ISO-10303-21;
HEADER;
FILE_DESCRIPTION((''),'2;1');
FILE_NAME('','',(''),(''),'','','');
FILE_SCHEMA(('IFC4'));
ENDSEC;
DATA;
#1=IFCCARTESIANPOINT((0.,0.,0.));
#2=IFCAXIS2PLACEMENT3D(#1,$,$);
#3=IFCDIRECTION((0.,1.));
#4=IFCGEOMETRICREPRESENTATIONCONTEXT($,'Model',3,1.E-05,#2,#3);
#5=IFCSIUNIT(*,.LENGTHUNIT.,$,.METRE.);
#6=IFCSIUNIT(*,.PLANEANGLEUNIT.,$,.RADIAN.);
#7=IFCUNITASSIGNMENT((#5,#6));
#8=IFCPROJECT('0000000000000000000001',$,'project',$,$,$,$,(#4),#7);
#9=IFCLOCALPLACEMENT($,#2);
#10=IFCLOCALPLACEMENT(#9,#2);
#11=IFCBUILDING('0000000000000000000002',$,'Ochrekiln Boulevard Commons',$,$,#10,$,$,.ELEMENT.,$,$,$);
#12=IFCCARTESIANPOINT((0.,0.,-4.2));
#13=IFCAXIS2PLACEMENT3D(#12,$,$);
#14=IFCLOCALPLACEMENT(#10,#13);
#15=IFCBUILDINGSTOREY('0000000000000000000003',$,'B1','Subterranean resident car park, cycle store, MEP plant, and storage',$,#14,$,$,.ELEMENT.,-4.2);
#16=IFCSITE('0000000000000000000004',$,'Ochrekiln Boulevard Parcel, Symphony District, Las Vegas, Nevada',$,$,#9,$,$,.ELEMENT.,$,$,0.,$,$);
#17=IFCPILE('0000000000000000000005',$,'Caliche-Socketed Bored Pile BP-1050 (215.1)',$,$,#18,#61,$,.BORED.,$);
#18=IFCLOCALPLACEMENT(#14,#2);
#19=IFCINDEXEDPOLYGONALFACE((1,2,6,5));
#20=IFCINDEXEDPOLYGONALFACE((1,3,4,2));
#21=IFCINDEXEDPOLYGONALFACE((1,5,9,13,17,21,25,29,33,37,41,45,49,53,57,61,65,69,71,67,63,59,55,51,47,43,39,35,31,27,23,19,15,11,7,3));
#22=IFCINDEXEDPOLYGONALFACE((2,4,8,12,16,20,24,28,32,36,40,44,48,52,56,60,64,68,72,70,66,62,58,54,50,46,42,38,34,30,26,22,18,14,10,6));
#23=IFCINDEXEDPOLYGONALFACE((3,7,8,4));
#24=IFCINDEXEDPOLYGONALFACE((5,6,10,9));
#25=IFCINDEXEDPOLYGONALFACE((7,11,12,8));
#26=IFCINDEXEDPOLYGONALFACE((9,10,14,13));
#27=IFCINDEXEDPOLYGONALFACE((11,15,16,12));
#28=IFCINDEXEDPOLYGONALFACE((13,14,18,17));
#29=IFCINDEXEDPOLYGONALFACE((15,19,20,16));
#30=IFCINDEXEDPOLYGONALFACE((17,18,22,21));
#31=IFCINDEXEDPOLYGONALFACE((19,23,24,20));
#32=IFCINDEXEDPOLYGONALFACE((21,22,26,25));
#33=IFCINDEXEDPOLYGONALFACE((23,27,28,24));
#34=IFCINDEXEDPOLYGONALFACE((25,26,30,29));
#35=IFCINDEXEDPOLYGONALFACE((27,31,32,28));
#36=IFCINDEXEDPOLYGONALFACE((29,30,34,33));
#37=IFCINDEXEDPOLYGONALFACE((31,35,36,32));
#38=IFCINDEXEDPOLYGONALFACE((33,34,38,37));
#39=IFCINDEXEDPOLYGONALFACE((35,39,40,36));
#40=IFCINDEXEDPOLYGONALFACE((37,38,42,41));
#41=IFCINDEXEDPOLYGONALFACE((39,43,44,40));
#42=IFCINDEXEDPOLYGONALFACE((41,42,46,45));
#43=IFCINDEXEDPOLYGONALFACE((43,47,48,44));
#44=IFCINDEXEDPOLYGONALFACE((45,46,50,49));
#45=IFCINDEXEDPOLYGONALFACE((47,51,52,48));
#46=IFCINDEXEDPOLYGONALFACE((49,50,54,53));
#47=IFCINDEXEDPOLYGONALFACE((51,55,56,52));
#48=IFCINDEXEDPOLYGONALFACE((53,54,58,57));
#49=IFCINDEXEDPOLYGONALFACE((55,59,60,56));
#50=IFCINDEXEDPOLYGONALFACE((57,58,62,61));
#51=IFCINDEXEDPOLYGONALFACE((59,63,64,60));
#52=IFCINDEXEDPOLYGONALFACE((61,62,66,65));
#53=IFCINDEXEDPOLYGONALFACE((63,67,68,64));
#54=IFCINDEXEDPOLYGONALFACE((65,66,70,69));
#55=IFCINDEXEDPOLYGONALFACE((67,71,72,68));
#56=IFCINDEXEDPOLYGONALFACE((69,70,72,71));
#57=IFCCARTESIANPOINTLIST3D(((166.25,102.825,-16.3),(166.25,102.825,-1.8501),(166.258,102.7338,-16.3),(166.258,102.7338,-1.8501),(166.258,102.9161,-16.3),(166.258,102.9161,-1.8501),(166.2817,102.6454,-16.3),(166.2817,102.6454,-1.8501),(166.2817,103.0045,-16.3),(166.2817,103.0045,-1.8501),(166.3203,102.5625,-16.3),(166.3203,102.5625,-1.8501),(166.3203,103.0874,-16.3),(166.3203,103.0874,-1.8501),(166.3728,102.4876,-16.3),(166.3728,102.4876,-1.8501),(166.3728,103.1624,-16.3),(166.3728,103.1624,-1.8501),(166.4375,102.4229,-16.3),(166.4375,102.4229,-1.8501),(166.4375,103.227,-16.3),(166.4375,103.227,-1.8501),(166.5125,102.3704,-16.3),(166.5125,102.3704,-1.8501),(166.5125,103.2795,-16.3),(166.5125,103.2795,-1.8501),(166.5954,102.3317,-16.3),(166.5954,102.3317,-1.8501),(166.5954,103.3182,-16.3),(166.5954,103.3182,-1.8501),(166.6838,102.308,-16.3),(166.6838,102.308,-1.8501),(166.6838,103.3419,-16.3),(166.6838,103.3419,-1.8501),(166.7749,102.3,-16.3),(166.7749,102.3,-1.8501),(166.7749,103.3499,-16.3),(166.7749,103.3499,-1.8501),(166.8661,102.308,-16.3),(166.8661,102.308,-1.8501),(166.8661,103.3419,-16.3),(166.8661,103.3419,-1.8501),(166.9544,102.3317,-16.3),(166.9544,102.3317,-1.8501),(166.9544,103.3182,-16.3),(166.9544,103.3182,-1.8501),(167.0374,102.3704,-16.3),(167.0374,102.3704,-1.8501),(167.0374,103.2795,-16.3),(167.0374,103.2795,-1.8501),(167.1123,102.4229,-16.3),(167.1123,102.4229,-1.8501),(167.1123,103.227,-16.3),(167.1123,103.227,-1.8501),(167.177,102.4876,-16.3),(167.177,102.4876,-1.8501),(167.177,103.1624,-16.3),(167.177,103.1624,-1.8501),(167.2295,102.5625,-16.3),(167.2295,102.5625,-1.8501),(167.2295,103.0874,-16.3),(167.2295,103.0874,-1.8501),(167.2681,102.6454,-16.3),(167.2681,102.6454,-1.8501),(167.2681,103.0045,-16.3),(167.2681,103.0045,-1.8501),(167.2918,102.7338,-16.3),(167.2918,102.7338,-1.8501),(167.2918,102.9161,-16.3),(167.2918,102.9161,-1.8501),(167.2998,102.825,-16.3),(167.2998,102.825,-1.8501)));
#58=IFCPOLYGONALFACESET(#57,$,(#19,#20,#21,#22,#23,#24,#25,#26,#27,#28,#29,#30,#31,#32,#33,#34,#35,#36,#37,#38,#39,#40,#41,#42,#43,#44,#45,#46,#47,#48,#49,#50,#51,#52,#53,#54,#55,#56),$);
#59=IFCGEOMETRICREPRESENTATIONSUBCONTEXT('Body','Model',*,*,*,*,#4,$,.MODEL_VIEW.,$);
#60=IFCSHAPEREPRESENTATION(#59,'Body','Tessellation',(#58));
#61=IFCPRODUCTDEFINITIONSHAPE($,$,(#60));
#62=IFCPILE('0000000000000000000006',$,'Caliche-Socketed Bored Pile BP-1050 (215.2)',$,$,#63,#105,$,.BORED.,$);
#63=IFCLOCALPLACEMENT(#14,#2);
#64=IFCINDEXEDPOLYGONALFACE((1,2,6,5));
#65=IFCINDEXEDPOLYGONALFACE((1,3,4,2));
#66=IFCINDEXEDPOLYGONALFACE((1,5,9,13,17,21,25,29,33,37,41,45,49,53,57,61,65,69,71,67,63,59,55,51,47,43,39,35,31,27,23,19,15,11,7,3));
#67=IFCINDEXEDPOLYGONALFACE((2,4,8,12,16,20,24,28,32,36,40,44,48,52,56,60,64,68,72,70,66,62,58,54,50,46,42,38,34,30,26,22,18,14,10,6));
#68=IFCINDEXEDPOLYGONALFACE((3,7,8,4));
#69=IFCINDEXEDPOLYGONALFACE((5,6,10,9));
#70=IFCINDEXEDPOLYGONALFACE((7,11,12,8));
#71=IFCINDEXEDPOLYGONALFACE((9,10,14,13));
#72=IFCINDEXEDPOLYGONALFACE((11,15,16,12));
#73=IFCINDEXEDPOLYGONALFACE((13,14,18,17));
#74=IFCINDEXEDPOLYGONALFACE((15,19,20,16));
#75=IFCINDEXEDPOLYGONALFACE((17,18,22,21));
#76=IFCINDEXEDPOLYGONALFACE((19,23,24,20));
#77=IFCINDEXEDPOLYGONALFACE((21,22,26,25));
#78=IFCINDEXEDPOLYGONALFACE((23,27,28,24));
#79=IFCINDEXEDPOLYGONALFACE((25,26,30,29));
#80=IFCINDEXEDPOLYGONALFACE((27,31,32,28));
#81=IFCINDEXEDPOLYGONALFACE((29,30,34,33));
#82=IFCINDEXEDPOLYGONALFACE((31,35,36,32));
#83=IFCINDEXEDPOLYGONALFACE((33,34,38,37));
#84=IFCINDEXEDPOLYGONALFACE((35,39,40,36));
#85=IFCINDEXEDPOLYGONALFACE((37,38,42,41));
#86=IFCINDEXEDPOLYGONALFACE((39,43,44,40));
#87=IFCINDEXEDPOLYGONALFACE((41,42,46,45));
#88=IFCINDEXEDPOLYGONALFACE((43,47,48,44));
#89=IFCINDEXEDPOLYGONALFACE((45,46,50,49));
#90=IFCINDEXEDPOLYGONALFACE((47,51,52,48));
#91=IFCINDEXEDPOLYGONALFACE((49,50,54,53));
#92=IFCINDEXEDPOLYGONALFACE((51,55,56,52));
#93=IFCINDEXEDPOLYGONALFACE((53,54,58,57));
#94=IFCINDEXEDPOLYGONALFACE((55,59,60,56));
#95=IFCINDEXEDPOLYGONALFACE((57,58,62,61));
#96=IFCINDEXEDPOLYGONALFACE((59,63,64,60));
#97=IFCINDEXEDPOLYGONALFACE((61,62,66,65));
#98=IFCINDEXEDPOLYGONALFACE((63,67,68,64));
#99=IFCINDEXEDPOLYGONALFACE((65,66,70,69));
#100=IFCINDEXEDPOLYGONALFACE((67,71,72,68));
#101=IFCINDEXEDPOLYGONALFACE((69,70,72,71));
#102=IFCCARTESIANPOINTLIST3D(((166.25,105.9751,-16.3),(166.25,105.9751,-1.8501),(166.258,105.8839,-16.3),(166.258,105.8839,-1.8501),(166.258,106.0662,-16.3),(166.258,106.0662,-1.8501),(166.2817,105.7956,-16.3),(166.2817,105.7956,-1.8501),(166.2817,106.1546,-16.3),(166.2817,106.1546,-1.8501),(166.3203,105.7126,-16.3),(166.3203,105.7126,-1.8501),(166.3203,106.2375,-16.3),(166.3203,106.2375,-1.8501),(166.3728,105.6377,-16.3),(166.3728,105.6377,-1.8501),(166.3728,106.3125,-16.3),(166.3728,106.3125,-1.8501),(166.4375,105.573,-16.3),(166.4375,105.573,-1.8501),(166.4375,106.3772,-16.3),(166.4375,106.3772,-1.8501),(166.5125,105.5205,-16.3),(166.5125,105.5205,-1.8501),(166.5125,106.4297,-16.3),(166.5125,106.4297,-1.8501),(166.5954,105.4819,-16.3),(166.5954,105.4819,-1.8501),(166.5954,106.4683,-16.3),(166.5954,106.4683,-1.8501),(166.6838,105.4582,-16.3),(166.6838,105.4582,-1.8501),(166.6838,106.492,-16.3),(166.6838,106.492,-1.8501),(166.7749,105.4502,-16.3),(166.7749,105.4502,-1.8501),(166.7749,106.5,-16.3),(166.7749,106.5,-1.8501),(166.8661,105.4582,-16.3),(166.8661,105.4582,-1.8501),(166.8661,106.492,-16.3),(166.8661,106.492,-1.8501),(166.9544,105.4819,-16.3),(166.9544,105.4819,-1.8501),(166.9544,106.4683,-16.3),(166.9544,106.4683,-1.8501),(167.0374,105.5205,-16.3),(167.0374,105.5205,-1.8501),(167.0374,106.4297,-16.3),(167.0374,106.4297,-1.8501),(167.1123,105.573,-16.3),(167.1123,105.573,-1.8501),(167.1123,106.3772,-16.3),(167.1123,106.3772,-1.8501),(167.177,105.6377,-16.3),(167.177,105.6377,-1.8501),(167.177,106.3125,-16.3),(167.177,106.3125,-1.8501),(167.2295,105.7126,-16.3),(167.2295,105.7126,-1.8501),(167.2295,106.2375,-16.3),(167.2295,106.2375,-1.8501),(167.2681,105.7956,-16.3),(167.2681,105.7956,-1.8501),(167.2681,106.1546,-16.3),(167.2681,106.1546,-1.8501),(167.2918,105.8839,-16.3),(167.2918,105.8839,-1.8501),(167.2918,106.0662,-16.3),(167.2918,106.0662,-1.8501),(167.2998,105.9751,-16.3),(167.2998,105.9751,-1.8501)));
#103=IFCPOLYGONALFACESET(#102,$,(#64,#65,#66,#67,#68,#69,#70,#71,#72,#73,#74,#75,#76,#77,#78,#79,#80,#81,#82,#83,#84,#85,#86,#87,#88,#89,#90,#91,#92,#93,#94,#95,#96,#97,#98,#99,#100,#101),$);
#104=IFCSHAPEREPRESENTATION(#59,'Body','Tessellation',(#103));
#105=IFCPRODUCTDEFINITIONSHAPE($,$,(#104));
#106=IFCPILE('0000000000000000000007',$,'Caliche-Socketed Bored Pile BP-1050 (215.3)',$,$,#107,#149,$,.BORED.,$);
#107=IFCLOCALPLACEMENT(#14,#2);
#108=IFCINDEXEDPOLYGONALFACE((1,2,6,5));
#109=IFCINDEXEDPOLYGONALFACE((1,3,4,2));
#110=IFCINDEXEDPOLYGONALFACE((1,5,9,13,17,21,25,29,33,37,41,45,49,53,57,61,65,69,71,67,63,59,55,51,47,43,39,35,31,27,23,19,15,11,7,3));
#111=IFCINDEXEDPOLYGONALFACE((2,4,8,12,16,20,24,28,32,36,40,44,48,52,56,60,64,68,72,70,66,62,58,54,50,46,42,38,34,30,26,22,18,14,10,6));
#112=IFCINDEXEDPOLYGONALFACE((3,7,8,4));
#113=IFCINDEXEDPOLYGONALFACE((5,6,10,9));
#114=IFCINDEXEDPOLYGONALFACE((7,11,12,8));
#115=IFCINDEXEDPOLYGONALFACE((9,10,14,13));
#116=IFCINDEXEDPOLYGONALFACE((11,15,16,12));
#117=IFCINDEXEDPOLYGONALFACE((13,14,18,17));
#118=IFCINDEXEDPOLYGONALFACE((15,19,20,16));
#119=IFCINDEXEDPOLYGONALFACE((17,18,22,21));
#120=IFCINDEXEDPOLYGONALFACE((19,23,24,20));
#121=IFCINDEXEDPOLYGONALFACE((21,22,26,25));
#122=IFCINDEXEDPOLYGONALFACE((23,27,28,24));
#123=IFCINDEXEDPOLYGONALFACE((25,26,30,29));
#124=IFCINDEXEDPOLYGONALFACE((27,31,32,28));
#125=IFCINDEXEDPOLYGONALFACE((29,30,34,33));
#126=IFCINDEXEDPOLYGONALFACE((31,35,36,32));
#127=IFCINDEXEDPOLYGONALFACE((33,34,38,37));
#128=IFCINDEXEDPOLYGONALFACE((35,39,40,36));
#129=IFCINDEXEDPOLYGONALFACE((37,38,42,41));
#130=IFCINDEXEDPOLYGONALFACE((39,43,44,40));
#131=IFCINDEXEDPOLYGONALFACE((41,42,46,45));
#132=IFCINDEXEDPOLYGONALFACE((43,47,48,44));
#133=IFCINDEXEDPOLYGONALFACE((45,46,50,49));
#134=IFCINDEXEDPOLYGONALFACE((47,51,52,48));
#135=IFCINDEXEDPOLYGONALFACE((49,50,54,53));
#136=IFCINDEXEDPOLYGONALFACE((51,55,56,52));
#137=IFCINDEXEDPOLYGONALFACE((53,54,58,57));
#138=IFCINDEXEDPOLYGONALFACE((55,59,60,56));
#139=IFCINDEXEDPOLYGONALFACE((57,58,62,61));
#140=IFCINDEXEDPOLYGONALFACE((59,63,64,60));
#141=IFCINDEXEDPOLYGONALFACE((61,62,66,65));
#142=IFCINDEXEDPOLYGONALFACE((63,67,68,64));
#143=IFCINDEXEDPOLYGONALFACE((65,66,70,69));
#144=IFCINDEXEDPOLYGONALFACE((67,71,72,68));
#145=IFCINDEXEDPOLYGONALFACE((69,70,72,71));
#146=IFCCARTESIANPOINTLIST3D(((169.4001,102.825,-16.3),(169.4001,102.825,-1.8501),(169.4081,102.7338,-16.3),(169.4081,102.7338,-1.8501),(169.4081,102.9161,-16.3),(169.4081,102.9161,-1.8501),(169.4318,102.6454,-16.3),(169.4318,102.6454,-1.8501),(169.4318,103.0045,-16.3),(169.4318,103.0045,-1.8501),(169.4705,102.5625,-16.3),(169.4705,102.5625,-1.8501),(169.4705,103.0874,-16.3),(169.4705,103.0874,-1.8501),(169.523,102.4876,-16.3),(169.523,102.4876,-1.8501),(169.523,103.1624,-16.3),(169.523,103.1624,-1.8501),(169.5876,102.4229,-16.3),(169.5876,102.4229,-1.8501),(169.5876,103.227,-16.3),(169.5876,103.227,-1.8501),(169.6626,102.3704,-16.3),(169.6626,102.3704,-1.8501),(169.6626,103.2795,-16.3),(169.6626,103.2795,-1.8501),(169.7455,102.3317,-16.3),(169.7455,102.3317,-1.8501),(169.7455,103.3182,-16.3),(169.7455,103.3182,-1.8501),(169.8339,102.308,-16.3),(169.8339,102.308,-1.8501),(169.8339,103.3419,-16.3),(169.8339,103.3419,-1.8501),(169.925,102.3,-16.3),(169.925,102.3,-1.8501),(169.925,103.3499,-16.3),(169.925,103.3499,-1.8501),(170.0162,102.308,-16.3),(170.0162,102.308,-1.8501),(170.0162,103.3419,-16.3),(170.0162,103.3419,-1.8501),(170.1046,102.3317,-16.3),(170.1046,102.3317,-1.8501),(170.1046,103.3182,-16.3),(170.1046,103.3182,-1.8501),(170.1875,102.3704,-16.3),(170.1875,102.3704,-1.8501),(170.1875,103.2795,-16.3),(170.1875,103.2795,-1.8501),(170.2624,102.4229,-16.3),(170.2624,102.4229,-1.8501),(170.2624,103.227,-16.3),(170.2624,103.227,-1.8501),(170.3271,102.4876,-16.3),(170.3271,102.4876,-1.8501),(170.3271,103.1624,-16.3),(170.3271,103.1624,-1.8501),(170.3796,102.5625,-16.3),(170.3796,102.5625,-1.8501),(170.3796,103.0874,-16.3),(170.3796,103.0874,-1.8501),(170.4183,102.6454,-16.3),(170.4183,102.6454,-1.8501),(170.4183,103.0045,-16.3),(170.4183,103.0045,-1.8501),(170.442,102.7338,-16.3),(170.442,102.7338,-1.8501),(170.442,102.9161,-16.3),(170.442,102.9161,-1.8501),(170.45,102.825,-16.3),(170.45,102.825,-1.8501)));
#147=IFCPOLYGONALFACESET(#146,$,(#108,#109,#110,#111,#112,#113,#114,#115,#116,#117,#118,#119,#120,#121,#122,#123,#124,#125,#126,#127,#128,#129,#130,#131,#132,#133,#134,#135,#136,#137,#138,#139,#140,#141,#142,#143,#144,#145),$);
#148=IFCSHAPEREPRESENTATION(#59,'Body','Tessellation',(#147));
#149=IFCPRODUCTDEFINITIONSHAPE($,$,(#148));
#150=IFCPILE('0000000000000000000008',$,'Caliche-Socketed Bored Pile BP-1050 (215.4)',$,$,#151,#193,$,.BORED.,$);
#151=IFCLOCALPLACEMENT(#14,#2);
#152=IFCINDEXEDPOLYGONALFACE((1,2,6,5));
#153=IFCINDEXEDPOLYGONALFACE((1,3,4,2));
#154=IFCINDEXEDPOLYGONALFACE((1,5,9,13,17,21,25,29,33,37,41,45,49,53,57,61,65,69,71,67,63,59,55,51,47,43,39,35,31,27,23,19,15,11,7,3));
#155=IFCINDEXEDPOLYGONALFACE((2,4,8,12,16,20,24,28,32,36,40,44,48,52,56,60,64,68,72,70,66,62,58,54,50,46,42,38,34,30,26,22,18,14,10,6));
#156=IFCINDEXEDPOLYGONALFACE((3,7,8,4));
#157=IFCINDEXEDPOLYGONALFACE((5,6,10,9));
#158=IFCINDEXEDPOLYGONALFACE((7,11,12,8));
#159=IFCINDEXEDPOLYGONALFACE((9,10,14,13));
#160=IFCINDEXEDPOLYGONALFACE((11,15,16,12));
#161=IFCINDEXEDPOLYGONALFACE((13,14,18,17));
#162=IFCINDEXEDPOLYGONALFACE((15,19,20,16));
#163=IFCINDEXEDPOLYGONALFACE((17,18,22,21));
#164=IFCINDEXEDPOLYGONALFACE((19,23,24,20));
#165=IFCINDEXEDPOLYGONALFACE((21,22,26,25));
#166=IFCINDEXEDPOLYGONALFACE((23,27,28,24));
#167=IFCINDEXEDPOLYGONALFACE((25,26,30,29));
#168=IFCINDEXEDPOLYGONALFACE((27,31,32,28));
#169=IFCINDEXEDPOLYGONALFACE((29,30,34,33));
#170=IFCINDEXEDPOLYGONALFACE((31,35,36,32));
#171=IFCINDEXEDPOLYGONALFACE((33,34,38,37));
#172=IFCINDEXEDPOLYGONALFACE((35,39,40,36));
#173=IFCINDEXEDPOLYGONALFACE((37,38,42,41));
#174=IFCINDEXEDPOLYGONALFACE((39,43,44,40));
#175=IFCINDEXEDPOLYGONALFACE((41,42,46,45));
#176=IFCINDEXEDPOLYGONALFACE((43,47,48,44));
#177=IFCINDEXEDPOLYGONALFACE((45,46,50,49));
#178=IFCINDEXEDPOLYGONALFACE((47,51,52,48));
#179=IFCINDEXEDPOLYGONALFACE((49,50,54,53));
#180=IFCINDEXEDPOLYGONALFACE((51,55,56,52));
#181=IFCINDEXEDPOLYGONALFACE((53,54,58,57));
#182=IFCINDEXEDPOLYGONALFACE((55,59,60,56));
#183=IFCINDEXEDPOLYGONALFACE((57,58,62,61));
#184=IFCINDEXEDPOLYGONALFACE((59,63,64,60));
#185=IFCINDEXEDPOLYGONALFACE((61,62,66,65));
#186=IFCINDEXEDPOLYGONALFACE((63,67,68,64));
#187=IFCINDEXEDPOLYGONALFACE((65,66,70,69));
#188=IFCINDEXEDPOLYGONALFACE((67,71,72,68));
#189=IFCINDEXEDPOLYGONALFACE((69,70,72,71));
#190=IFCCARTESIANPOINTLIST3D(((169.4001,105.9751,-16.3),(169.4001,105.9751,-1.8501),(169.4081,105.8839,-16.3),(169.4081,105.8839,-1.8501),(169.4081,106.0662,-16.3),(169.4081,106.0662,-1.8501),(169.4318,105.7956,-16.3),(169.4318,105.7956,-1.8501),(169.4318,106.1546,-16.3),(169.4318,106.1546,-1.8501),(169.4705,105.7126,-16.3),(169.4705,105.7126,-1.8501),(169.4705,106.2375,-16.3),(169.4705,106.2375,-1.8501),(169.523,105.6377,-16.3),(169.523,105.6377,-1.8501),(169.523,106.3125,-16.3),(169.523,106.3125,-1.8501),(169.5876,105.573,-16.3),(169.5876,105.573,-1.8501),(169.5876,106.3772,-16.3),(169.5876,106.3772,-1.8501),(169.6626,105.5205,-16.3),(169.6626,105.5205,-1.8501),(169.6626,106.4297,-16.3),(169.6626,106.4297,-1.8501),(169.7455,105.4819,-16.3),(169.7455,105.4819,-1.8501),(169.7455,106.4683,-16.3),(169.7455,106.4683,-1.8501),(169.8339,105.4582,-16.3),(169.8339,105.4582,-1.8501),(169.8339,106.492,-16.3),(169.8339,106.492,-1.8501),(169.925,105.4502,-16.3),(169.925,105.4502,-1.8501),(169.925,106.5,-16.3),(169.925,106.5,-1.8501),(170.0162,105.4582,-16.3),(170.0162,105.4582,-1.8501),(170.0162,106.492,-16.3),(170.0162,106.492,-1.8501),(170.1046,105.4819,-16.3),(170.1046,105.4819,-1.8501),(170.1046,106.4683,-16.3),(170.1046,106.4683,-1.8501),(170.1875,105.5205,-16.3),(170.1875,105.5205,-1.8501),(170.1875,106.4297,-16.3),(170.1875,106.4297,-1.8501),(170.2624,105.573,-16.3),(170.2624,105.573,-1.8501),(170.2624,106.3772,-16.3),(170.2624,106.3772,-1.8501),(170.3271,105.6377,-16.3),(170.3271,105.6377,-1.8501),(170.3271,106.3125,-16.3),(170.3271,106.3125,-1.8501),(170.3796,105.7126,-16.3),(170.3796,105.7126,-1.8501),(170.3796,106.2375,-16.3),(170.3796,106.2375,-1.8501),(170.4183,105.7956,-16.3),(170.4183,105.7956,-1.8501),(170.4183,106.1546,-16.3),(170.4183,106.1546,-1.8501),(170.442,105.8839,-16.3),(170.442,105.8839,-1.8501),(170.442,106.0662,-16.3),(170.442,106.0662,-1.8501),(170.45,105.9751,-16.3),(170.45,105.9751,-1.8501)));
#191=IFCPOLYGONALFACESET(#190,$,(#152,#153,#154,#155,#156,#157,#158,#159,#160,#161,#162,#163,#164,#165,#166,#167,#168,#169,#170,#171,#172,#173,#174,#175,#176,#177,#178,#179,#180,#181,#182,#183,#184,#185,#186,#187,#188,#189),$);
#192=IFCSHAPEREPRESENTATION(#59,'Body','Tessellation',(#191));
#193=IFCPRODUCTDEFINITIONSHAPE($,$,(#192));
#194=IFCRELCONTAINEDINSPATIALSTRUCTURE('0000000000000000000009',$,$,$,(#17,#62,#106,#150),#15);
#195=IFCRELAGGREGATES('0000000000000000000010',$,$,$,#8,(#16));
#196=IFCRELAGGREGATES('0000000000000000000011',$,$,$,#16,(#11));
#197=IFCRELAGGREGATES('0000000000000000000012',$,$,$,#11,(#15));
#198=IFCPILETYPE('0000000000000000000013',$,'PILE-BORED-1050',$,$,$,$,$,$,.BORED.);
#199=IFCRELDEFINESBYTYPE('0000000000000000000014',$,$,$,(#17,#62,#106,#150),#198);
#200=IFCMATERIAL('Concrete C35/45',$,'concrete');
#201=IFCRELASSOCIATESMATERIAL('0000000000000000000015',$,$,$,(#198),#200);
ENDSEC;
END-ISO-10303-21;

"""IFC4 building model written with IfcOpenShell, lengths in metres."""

from ifc_helpers import new_model, si_unit, direction, frame, origin, origin_2d, place, context, subcontext, project, spatial, circle, extrude, material, material_profile, profile_set, type_object, element, save


model = new_model("IFC4")

# Units and contexts
model_context = context("Model", 3, precision=1e-05, world=origin(), true_north=direction((0.0, 1.0)))
body_context = subcontext(model_context, "Body", "Model", "MODEL_VIEW")
ifc_project = project(units=[si_unit("LENGTHUNIT", "METRE"), si_unit("PLANEANGLEUNIT", "RADIAN")], contexts=[model_context])

# Site, building, storey
site_placement = place(None, origin())
site = spatial("IfcSite", under=ifc_project, at=site_placement, Name="Ochrekiln Boulevard Parcel, Symphony District, Las Vegas, Nevada", CompositionType="ELEMENT", RefElevation=0.0)
building_placement = place(site_placement, origin())
building = spatial("IfcBuilding", under=site, at=building_placement, Name="Ochrekiln Boulevard Commons", CompositionType="ELEMENT")
storey_placement = place(building_placement, frame((0.0, 0.0, -4.2)))
storey = spatial("IfcBuildingStorey", under=building, at=storey_placement, Name="B1", Description="Subterranean resident car park, cycle store, MEP plant, and storage", CompositionType="ELEMENT", Elevation=-4.2)

# Shared definitions
ifc_material_1 = material(Name="Concrete C35/45", Category="concrete")

# Piles
ifc_material_profile_1 = material_profile(ifc_material_1, circle(Radius=0.5249, at=origin_2d()), Name="PILE-D1050")
ifc_profile_set_1 = profile_set([ifc_material_profile_1], Name="Concrete C35/45")
pile_type = type_object("IfcPileType", Name="PILE-BORED-1050", PredefinedType="BORED", material=ifc_profile_set_1)
for number, where, z_axis, x_axis, name in (
    (1, (166.7749, 102.825, -1.8501), (0.0, 0.0, -1.0), (1.0, 0.0, 0.0), "Caliche-Socketed Bored Pile BP-1050 (215.1)"),
    (2, (166.7749, 105.9751, -1.8501), (0.0, 0.0, -1.0), (1.0, 0.0, 0.0), "Caliche-Socketed Bored Pile BP-1050 (215.2)"),
    (3, (169.925, 102.825, -1.8501), (0.0, 0.0, -1.0), (1.0, 0.0, 0.0), "Caliche-Socketed Bored Pile BP-1050 (215.3)"),
    (4, (169.925, 105.9751, -1.8501), (0.0, 0.0, -1.0), (1.0, 0.0, 0.0), "Caliche-Socketed Bored Pile BP-1050 (215.4)"),
):
    element("IfcPile", number, at=place(storey_placement, frame(where, z_axis=z_axis, x_axis=x_axis)), inside=storey, type_object=pile_type, Name=name, PredefinedType="BORED", context=body_context, shape_type="SweptSolid", body=[
        extrude(circle(Radius=0.5249, at=origin_2d()), origin(), (0.0, 0.0, 1.0), 14.45),
    ])

save(model, "model.ifc")
